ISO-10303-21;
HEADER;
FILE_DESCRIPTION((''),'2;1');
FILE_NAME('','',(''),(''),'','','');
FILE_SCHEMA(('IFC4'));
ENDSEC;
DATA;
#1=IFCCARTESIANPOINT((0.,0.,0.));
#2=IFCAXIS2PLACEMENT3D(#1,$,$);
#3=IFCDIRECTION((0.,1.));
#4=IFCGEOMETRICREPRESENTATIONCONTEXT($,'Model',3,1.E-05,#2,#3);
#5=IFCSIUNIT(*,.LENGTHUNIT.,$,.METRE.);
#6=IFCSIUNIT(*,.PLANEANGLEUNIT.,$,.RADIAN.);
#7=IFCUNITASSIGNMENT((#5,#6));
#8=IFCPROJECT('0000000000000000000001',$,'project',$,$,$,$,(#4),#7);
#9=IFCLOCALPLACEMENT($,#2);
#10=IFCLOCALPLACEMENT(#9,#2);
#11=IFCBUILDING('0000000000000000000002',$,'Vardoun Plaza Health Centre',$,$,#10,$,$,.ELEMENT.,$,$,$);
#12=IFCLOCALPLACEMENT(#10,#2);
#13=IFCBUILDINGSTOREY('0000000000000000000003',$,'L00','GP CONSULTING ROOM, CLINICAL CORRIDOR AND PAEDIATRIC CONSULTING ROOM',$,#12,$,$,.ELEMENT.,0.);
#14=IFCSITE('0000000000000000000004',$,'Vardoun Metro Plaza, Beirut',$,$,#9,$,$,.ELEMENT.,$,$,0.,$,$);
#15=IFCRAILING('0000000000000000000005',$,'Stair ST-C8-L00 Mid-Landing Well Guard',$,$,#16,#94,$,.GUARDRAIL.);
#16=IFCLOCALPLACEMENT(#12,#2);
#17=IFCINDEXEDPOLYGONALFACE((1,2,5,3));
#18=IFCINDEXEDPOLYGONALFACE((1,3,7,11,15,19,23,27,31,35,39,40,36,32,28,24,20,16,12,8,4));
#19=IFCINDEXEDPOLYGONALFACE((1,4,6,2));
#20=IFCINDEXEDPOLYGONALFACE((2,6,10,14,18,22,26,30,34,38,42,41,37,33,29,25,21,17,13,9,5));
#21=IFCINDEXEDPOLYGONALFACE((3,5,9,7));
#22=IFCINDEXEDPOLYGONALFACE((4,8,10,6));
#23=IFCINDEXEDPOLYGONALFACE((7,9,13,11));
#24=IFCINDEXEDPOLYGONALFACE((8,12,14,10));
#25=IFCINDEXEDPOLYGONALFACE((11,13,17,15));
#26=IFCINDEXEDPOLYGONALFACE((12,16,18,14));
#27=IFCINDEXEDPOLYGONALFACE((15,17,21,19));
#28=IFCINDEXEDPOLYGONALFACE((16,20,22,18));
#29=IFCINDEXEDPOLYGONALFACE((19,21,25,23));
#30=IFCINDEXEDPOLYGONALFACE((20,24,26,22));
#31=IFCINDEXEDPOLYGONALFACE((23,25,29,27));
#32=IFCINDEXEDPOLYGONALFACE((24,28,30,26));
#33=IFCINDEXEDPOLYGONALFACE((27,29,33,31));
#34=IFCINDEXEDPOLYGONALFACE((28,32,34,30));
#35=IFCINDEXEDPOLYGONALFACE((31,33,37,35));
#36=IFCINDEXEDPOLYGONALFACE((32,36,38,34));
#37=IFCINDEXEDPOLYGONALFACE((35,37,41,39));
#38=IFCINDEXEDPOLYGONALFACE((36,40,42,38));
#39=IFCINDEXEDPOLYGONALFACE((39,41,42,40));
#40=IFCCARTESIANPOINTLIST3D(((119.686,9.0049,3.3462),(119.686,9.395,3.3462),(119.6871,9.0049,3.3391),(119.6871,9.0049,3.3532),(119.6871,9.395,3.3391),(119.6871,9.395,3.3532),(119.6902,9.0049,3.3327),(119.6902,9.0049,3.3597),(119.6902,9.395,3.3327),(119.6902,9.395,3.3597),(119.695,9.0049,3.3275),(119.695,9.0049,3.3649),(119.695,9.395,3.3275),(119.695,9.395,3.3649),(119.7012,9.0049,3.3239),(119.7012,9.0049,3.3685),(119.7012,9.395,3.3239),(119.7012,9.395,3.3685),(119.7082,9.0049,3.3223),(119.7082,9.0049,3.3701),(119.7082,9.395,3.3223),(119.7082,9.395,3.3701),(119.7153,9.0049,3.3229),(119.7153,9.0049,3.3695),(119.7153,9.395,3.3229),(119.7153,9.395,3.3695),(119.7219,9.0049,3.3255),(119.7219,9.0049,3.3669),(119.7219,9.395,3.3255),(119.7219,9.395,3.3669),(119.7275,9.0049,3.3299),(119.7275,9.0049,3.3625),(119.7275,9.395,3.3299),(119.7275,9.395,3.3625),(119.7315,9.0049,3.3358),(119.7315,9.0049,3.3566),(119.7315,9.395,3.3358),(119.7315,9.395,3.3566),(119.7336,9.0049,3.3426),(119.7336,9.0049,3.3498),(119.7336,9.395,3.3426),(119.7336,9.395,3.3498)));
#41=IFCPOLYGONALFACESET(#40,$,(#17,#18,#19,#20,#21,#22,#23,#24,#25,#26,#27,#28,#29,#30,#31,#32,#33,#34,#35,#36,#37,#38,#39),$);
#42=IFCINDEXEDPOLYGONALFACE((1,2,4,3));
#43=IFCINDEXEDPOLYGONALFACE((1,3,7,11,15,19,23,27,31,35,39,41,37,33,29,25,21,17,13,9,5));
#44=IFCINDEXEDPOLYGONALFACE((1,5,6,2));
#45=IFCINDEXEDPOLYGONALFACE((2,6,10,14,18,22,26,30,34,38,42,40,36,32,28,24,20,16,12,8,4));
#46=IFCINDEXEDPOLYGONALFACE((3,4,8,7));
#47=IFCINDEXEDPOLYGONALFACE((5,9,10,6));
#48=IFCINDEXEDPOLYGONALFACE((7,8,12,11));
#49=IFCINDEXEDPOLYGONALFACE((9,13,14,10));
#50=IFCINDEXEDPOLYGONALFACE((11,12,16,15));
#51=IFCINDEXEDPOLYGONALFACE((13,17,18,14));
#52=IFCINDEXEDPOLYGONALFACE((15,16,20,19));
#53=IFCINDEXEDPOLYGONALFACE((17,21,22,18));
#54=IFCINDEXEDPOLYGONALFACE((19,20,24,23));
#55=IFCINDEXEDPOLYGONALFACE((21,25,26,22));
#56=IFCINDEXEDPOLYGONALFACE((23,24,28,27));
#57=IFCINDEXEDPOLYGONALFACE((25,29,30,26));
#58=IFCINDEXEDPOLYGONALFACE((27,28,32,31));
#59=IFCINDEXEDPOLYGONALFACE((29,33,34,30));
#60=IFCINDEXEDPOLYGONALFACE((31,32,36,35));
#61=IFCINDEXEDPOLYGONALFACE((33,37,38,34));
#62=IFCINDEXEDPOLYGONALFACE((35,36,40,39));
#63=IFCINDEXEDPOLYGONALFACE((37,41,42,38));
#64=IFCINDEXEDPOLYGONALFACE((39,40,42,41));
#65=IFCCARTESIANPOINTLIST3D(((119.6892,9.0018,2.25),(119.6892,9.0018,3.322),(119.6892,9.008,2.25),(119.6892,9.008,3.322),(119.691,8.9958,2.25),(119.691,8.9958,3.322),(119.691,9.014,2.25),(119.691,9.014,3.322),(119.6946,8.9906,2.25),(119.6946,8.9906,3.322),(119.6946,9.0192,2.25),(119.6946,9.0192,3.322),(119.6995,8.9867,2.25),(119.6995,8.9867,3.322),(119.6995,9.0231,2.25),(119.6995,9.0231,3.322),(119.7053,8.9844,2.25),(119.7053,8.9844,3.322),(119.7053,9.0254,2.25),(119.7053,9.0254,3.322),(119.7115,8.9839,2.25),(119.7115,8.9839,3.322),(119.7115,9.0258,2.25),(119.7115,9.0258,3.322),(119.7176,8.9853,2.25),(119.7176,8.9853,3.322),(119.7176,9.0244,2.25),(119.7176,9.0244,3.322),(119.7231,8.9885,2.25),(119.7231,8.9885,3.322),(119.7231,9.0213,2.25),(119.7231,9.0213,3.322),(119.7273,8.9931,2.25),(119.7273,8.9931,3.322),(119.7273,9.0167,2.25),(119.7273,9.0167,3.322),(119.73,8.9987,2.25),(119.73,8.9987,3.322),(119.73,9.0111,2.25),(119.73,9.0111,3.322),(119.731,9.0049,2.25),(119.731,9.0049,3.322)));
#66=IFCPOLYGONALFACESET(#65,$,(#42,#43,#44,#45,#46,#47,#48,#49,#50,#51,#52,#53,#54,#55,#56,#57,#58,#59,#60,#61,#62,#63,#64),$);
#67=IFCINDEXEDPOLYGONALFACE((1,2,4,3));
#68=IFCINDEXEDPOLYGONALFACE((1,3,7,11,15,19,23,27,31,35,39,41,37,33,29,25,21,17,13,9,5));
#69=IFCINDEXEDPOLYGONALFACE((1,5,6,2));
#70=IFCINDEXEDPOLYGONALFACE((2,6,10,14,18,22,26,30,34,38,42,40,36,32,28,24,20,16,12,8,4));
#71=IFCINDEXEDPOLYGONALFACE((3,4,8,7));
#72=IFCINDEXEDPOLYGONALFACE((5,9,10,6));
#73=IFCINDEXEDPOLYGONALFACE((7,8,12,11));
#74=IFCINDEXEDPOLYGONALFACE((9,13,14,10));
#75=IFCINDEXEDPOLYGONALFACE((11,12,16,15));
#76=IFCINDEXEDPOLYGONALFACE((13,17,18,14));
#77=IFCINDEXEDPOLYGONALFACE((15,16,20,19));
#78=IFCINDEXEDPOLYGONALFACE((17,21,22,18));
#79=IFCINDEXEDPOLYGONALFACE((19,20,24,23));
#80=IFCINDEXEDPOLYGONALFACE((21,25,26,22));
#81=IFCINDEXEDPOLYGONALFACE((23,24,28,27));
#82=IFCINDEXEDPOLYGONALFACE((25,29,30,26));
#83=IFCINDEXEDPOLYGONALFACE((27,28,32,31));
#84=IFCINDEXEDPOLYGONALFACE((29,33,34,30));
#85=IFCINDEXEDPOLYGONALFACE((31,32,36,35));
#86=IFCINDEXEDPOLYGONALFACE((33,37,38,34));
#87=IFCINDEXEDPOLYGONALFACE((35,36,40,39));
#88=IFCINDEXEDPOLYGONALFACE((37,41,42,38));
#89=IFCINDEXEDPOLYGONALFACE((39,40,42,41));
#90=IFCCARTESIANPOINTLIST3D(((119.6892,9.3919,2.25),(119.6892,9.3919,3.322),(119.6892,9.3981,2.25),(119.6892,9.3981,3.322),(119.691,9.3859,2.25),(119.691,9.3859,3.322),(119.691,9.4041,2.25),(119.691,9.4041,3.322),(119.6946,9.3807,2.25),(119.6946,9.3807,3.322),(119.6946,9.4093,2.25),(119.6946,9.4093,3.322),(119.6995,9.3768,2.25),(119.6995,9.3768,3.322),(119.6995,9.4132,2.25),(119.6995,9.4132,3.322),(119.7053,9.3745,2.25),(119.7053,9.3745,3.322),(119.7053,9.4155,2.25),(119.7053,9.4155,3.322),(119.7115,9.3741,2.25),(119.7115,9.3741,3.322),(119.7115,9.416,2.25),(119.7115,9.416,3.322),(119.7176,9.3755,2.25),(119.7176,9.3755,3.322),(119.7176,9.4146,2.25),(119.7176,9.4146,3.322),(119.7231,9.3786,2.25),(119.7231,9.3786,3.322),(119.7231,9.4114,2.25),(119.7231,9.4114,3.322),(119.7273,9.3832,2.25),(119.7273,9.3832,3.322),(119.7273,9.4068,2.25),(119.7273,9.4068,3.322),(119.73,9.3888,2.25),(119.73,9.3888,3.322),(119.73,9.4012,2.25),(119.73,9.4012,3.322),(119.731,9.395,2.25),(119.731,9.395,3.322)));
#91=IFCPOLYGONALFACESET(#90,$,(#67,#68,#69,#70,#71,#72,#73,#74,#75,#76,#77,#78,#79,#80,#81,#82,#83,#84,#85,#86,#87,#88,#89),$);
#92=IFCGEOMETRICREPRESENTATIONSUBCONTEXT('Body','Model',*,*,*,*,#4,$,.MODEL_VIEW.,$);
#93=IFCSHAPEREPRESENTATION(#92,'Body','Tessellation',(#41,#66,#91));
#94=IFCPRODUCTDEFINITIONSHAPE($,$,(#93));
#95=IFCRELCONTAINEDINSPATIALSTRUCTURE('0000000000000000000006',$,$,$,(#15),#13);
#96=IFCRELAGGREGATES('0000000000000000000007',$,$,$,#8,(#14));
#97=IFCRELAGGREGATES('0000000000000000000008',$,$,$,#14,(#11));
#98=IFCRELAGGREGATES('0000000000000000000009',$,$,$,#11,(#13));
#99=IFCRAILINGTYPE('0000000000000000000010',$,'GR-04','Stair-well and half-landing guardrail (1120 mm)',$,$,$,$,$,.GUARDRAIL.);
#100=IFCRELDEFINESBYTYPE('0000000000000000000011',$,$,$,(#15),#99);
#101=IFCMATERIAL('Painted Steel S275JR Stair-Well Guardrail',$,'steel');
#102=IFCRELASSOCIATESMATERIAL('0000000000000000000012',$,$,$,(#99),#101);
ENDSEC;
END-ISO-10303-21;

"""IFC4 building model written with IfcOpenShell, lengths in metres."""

from ifc_helpers import new_model, si_unit, direction, frame, origin, origin_2d, place, context, subcontext, project, spatial, circle, extrude, material, type_object, element, save


model = new_model("IFC4")

# Units and contexts
model_context = context("Model", 3, precision=1e-05, world=origin(), true_north=direction((0.0, 1.0)))
body_context = subcontext(model_context, "Body", "Model", "MODEL_VIEW")
ifc_project = project(units=[si_unit("LENGTHUNIT", "METRE"), si_unit("PLANEANGLEUNIT", "RADIAN")], contexts=[model_context])

# Site, building, storey
site_placement = place(None, origin())
site = spatial("IfcSite", under=ifc_project, at=site_placement, Name="Vardoun Metro Plaza, Beirut", CompositionType="ELEMENT", RefElevation=0.0)
building_placement = place(site_placement, origin())
building = spatial("IfcBuilding", under=site, at=building_placement, Name="Vardoun Plaza Health Centre", CompositionType="ELEMENT")
storey_placement = place(building_placement, origin())
storey = spatial("IfcBuildingStorey", under=building, at=storey_placement, Name="L00", Description="GP CONSULTING ROOM, CLINICAL CORRIDOR AND PAEDIATRIC CONSULTING ROOM", CompositionType="ELEMENT", Elevation=0.0)

# Railing
ifc_material_1 = material(Name="Painted Steel S275JR Stair-Well Guardrail", Category="steel")
railing_type_1 = type_object("IfcRailingType", Name="GR-04", Description="Stair-well and half-landing guardrail (1120 mm)", PredefinedType="GUARDRAIL", material=ifc_material_1)
railing_1_placement = place(storey_placement, frame((119.71, 9.0049, 2.25)))
element("IfcRailing", 1, at=railing_1_placement, inside=storey, type_object=railing_type_1, Name="Stair ST-C8-L00 Mid-Landing Well Guard", PredefinedType="GUARDRAIL", context=body_context, shape_type="SweptSolid", body=[
    extrude(circle(Radius=0.0239, at=origin_2d()), frame((0.0, 0.0, 1.0962), z_axis=(0.0, 1.0, 0.0), x_axis=(-1.0, 0.0, 0.0)), (0.0, 0.0, 1.0), 0.3901),
    extrude(circle(Radius=0.021, at=origin_2d()), origin(), (0.0, 0.0, 1.0), 1.072),
    extrude(circle(Radius=0.021, at=origin_2d()), frame((0.0, 0.3901, 0.0)), (0.0, 0.0, 1.0), 1.072),
])

save(model, "model.ifc")
